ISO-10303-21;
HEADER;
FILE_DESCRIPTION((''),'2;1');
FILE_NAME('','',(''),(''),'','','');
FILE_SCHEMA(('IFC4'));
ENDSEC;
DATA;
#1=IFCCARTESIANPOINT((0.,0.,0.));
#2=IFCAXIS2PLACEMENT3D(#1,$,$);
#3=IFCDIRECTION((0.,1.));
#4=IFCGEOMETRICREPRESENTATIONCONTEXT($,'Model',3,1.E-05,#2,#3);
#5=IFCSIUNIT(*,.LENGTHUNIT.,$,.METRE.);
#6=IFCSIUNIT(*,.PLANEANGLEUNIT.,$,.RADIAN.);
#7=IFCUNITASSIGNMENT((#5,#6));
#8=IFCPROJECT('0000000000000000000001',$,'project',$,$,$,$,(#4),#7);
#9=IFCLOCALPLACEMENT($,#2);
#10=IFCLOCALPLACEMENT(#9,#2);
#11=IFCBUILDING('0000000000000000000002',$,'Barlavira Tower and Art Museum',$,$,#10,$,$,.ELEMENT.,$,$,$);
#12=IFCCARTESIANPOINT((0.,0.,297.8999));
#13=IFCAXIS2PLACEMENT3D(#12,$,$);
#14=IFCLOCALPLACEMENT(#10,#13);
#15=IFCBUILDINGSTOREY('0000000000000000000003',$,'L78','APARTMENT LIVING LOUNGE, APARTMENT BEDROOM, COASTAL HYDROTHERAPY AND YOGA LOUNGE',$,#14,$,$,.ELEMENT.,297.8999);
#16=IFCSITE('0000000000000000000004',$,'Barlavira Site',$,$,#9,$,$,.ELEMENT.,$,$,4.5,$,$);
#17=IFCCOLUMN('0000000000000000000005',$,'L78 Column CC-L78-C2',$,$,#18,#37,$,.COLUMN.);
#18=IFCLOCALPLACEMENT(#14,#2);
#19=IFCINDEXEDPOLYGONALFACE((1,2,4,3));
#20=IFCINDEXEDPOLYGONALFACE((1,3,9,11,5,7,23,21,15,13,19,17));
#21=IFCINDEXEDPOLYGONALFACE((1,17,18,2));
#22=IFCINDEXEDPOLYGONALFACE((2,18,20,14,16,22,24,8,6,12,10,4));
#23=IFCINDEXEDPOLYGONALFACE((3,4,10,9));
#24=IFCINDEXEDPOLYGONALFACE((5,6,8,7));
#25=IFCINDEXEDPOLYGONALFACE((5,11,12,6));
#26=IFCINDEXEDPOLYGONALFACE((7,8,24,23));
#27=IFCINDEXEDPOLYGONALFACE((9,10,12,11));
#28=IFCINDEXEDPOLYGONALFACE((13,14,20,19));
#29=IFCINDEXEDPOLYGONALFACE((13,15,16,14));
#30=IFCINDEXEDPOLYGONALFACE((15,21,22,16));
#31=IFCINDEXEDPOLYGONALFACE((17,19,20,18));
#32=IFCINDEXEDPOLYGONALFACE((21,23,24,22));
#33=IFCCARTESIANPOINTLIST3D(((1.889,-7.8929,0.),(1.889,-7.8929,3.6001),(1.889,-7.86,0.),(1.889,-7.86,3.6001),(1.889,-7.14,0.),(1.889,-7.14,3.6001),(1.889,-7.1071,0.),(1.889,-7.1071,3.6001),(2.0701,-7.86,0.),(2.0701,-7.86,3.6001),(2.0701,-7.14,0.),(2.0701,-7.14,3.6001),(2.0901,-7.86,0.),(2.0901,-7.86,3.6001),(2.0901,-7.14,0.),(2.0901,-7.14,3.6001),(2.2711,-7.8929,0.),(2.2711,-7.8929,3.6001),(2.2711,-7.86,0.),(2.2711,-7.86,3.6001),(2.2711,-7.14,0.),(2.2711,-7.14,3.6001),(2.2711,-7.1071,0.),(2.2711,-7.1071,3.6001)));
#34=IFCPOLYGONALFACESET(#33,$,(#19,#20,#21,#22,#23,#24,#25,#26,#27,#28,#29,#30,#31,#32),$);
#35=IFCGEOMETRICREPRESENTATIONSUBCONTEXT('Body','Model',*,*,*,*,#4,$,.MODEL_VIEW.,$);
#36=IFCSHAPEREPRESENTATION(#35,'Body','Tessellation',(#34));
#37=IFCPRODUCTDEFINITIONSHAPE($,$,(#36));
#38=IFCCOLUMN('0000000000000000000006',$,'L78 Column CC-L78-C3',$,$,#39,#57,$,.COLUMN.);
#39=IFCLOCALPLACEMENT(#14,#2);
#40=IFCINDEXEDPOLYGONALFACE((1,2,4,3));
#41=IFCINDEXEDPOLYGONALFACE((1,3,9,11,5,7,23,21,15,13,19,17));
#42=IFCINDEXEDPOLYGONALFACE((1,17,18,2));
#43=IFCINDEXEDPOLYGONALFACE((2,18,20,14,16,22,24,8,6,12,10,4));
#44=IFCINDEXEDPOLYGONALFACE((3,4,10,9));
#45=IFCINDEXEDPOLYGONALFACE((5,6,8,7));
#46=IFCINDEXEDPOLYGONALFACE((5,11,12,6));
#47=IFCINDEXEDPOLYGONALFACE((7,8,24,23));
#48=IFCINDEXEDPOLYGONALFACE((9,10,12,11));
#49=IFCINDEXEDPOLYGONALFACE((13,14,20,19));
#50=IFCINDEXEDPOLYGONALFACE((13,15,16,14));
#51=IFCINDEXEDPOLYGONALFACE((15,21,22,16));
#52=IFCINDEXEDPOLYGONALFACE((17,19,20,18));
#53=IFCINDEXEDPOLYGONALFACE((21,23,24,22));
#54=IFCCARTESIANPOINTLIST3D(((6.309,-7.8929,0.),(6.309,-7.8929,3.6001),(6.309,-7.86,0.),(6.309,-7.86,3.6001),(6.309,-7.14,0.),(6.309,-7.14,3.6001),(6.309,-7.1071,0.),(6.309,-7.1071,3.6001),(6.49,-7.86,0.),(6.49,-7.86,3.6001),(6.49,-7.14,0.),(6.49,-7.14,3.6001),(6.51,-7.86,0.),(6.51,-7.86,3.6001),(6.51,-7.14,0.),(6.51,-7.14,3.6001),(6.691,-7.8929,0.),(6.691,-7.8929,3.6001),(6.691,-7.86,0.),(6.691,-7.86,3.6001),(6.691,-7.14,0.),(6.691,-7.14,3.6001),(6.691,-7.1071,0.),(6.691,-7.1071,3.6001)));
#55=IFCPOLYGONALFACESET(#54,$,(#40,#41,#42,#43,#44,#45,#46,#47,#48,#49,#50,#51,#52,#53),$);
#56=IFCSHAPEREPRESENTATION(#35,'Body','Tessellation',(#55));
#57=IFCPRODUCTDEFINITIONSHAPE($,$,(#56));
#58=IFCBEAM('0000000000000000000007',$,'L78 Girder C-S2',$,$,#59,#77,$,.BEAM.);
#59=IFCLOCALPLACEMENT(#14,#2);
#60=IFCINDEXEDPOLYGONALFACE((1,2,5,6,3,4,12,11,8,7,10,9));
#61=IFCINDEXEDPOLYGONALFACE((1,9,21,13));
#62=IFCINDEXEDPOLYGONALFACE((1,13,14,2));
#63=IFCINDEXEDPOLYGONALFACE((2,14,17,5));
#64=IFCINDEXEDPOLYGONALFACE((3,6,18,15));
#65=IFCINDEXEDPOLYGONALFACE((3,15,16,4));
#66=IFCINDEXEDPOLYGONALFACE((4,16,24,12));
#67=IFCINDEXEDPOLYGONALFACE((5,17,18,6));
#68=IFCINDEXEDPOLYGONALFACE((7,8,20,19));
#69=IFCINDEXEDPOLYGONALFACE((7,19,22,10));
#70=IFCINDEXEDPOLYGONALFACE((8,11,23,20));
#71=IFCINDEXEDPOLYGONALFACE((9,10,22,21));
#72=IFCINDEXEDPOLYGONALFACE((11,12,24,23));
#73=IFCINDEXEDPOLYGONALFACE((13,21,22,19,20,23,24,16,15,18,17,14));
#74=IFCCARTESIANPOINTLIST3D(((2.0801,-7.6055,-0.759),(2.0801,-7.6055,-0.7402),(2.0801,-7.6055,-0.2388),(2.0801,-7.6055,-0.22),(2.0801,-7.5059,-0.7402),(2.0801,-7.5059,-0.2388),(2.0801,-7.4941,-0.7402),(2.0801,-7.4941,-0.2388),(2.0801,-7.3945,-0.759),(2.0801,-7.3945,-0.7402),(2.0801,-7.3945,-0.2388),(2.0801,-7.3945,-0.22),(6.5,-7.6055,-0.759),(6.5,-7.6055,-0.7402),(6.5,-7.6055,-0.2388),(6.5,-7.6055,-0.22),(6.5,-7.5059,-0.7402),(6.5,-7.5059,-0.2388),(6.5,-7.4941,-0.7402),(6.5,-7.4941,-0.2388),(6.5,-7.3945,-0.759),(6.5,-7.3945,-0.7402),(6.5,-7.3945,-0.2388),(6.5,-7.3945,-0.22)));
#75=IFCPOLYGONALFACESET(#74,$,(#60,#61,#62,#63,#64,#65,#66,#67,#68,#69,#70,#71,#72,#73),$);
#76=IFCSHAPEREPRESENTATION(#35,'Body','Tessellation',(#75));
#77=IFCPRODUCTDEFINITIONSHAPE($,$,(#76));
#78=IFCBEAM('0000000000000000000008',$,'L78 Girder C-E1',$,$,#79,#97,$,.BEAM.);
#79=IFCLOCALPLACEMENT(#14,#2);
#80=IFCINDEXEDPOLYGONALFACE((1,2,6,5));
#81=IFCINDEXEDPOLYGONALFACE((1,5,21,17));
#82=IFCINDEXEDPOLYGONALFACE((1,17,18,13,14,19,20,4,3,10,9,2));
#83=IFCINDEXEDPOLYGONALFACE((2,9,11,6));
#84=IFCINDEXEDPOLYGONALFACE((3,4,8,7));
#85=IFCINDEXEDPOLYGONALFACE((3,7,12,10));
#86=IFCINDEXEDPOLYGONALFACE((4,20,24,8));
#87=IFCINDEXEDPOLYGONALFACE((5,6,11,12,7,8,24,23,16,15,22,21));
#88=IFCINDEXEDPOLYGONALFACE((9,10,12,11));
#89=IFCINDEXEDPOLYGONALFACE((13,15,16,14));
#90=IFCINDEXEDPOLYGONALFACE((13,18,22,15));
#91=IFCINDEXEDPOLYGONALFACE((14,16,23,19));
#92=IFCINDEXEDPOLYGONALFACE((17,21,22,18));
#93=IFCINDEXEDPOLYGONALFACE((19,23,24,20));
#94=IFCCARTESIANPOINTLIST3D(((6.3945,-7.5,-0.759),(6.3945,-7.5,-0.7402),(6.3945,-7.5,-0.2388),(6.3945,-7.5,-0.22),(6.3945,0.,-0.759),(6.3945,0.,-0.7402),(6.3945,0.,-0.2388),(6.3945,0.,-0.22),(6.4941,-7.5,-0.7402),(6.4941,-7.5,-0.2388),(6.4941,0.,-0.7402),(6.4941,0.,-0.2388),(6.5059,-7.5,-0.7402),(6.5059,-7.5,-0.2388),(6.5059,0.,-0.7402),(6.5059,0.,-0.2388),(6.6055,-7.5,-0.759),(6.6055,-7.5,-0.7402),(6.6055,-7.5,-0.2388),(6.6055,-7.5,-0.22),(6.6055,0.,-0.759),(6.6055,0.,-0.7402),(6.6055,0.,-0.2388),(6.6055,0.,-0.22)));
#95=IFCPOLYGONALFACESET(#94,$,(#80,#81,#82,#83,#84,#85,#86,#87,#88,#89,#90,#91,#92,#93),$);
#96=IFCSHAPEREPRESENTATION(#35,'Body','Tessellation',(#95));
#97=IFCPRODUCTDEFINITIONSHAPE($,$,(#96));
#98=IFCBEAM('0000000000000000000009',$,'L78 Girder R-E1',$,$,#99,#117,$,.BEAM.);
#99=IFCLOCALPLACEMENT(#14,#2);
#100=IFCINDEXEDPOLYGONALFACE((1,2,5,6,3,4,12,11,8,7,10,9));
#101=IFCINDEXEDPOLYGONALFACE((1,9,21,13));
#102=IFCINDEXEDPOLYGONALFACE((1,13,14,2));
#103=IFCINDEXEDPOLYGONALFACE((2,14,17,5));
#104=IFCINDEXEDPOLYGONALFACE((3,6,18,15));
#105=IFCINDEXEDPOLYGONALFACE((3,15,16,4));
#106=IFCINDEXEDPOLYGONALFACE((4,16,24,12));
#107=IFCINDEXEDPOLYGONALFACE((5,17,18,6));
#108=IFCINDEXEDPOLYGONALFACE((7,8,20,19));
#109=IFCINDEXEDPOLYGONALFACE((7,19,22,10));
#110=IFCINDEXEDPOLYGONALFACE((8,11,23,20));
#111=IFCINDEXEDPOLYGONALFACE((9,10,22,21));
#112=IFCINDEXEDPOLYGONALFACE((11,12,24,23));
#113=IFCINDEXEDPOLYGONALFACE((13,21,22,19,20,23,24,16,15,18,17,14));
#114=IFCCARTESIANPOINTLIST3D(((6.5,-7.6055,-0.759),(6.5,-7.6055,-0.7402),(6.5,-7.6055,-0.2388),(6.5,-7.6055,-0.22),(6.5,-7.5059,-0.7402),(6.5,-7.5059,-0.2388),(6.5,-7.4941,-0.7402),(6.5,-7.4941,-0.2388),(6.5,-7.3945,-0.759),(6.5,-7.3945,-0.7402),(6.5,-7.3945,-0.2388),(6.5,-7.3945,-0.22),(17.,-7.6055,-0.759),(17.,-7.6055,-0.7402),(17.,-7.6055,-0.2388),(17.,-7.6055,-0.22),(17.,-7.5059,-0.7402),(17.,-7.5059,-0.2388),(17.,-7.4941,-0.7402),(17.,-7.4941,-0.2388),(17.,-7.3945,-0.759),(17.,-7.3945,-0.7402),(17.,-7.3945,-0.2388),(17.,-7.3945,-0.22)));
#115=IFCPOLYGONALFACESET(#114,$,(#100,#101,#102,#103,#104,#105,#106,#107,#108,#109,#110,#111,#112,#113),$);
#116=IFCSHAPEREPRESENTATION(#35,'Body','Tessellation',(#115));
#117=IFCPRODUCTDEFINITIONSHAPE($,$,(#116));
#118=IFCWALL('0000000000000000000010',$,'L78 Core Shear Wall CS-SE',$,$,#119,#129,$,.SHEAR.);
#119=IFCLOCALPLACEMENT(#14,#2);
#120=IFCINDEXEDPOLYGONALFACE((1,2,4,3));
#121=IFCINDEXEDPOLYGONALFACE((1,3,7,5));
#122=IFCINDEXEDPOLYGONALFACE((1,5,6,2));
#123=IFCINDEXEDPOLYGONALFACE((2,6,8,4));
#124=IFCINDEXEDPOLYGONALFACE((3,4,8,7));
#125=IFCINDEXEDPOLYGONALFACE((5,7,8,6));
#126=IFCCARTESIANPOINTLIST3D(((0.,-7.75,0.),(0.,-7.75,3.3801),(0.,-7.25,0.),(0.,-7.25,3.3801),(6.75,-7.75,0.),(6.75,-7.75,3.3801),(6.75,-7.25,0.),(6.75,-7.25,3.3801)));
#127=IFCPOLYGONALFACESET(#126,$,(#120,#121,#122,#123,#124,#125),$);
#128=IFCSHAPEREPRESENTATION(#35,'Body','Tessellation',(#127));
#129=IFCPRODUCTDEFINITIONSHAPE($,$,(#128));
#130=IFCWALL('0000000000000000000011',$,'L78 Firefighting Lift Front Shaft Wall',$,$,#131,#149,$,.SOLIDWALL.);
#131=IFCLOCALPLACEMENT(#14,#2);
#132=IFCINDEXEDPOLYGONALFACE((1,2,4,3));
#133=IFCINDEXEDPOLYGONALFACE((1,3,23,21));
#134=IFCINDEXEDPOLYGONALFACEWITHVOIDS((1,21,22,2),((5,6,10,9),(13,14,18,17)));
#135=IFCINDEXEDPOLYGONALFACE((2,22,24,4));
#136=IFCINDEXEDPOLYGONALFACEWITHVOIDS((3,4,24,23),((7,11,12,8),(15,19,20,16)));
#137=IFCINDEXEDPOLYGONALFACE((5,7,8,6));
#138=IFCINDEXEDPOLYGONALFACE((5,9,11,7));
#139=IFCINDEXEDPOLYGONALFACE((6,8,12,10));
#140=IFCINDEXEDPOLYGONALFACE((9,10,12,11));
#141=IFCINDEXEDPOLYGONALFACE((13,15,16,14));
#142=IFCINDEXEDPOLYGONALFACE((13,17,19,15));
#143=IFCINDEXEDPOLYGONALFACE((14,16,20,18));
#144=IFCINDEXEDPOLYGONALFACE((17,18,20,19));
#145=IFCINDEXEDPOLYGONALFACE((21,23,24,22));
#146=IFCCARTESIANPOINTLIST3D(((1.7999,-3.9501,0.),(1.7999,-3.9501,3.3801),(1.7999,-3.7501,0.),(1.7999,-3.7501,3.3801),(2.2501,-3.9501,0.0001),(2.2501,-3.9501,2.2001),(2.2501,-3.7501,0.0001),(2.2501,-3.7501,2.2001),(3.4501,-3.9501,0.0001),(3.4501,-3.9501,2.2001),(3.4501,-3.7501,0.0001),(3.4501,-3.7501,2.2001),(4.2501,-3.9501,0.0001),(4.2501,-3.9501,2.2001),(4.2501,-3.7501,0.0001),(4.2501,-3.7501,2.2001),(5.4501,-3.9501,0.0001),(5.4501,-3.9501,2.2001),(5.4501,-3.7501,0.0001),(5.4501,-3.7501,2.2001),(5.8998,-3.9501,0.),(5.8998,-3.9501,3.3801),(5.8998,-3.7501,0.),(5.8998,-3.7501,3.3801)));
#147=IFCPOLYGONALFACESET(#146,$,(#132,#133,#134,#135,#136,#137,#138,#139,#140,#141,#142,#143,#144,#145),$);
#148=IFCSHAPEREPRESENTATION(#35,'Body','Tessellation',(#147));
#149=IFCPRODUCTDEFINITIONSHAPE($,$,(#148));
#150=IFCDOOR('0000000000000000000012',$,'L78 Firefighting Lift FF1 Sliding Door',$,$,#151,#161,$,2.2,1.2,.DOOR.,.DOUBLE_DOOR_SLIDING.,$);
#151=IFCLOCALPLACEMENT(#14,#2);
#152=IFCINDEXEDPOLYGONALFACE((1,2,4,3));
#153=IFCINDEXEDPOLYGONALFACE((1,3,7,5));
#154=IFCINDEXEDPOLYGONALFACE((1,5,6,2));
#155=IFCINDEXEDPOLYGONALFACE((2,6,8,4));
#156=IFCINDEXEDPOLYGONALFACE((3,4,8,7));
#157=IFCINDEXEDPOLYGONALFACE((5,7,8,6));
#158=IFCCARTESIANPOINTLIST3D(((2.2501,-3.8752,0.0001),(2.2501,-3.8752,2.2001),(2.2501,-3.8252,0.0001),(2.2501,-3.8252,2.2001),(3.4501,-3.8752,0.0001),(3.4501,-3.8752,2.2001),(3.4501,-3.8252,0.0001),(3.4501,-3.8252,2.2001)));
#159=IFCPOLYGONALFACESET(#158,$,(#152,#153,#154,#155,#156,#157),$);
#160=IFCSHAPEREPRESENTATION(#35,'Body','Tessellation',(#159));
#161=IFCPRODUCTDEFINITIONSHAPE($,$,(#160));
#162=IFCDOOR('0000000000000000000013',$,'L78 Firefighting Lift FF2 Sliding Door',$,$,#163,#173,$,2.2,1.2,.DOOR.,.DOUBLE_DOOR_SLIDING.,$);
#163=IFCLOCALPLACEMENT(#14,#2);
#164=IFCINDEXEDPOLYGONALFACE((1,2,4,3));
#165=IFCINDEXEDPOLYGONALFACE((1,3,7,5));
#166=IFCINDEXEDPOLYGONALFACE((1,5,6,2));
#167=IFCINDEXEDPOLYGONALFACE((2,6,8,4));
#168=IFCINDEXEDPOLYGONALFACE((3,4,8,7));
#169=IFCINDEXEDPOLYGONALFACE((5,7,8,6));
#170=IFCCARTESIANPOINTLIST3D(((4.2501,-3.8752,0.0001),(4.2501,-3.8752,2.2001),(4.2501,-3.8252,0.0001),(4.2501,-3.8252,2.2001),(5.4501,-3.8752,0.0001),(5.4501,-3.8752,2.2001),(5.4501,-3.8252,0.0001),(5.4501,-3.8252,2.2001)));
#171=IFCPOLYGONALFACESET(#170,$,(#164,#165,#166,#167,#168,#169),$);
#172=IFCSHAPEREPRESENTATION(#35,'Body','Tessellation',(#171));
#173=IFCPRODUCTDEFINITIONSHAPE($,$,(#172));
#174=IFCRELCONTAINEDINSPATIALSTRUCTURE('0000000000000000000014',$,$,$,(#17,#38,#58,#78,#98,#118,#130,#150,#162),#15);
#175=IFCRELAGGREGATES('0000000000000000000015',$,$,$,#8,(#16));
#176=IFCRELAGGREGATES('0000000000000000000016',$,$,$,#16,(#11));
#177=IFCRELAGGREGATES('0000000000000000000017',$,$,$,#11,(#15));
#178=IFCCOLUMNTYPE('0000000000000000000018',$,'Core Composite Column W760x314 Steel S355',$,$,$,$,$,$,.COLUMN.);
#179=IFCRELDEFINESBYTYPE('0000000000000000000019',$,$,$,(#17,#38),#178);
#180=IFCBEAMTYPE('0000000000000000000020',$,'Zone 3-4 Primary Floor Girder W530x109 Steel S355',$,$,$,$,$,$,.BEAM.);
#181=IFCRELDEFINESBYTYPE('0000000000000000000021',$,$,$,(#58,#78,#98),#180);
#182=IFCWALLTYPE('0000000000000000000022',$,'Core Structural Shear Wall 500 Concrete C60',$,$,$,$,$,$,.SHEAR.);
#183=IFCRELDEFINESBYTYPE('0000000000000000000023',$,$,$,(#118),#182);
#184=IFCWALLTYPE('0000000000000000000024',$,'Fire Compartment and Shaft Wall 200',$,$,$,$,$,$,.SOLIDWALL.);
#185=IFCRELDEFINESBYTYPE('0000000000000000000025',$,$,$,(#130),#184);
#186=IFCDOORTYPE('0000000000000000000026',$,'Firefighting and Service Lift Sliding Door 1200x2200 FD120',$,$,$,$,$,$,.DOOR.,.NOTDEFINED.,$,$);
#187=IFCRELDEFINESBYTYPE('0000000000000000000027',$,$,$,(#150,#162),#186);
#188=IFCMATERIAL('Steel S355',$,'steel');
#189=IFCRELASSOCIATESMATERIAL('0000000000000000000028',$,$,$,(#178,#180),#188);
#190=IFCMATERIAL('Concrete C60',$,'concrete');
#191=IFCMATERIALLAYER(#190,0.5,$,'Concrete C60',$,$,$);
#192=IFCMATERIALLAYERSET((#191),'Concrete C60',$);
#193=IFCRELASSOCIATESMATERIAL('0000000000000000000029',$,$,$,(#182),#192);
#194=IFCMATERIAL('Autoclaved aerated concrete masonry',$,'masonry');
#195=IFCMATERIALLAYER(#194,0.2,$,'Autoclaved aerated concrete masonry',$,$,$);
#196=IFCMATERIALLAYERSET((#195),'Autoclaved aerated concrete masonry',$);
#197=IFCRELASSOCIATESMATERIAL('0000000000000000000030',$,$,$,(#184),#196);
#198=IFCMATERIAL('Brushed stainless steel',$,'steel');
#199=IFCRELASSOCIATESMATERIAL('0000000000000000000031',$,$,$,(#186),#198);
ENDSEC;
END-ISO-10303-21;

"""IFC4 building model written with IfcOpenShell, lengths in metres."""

from ifc_helpers import new_model, si_unit, direction, frame, frame_2d, origin, origin_2d, place, context, subcontext, project, spatial, rectangle, i_section, extrude, material, layer, layer_set, material_profile, profile_set, type_object, element, fill, save


model = new_model("IFC4")

# Units and contexts
model_context = context("Model", 3, precision=1e-05, world=origin(), true_north=direction((0.0, 1.0)))
body_context = subcontext(model_context, "Body", "Model", "MODEL_VIEW")
ifc_project = project(units=[si_unit("LENGTHUNIT", "METRE"), si_unit("PLANEANGLEUNIT", "RADIAN")], contexts=[model_context])

# Site, building, storey
site_placement = place(None, origin())
site = spatial("IfcSite", under=ifc_project, at=site_placement, Name="Barlavira Site", CompositionType="ELEMENT", RefElevation=4.5)
building_placement = place(site_placement, origin())
building = spatial("IfcBuilding", under=site, at=building_placement, Name="Barlavira Tower and Art Museum", CompositionType="ELEMENT")
storey_placement = place(building_placement, frame((0.0, 0.0, 297.8999)))
storey = spatial("IfcBuildingStorey", under=building, at=storey_placement, Name="L78", Description="APARTMENT LIVING LOUNGE, APARTMENT BEDROOM, COASTAL HYDROTHERAPY AND YOGA LOUNGE", CompositionType="ELEMENT", Elevation=297.8999)

# Columns
ifc_material_1 = material(Name="Steel S355", Category="steel")
ifc_material_profile_1 = material_profile(ifc_material_1, i_section(OverallWidth=0.3821, OverallDepth=0.7859, WebThickness=0.02, FlangeThickness=0.033, at=origin_2d()), Name="W760x314.0")
ifc_profile_set_1 = profile_set([ifc_material_profile_1], Name="Steel S355")
column_type = type_object("IfcColumnType", Name="Core Composite Column W760x314 Steel S355", PredefinedType="COLUMN", material=ifc_profile_set_1)
for number, where, z_axis, x_axis, name in (
    (1, (2.0801, -7.5, 0.0), (0.0, 0.0, 1.0), (1.0, 0.0, 0.0), "L78 Column CC-L78-C2"),
    (2, (6.5, -7.5, 0.0), (0.0, 0.0, 1.0), (1.0, 0.0, 0.0), "L78 Column CC-L78-C3"),
):
    element("IfcColumn", number, at=place(storey_placement, frame(where, z_axis=z_axis, x_axis=x_axis)), inside=storey, type_object=column_type, Name=name, PredefinedType="COLUMN", context=body_context, shape_type="SweptSolid", body=[
        extrude(i_section(OverallWidth=0.3821, OverallDepth=0.7859, WebThickness=0.02, FlangeThickness=0.033, at=origin_2d()), origin(), (0.0, 0.0, 1.0), 3.6001),
    ])

# Beams
ifc_material_profile_2 = material_profile(ifc_material_1, i_section(OverallWidth=0.2109, OverallDepth=0.5391, WebThickness=0.0117, FlangeThickness=0.0188, at=origin_2d()), Name="W530x109.0")
ifc_profile_set_2 = profile_set([ifc_material_profile_2], Name="Steel S355")
beam_type = type_object("IfcBeamType", Name="Zone 3-4 Primary Floor Girder W530x109 Steel S355", PredefinedType="BEAM", material=ifc_profile_set_2)
beam_1_placement = place(storey_placement, frame((2.0801, -7.5, -0.4895), z_axis=(1.0, 0.0, 0.0), x_axis=(0.0, 1.0, 0.0)))
element("IfcBeam", 3, at=beam_1_placement, inside=storey, type_object=beam_type, Name="L78 Girder C-S2", PredefinedType="BEAM", context=body_context, shape_type="SweptSolid", body=[
    extrude(i_section(OverallWidth=0.2109, OverallDepth=0.5391, WebThickness=0.0117, FlangeThickness=0.0188, at=origin_2d()), origin(), (0.0, 0.0, 1.0), 4.4199),
])
beam_2_placement = place(storey_placement, frame((6.5, -7.5, -0.4895), z_axis=(0.0, 1.0, 0.0), x_axis=(-1.0, 0.0, 0.0)))
element("IfcBeam", 4, at=beam_2_placement, inside=storey, type_object=beam_type, Name="L78 Girder C-E1", PredefinedType="BEAM", context=body_context, shape_type="SweptSolid", body=[
    extrude(i_section(OverallWidth=0.2109, OverallDepth=0.5391, WebThickness=0.0117, FlangeThickness=0.0188, at=origin_2d()), origin(), (0.0, 0.0, 1.0), 7.5),
])
beam_3_placement = place(storey_placement, frame((6.5, -7.5, -0.4895), z_axis=(1.0, 0.0, 0.0), x_axis=(0.0, 1.0, 0.0)))
element("IfcBeam", 5, at=beam_3_placement, inside=storey, type_object=beam_type, Name="L78 Girder R-E1", PredefinedType="BEAM", context=body_context, shape_type="SweptSolid", body=[
    extrude(i_section(OverallWidth=0.2109, OverallDepth=0.5391, WebThickness=0.0117, FlangeThickness=0.0188, at=origin_2d()), origin(), (0.0, 0.0, 1.0), 10.5),
])

# Wall
ifc_material_2 = material(Name="Concrete C60", Category="concrete")
ifc_layer_1 = layer(ifc_material_2, 0.5, Name="Concrete C60")
ifc_layer_set_1 = layer_set([ifc_layer_1], Name="Concrete C60")
wall_type_1 = type_object("IfcWallType", Name="Core Structural Shear Wall 500 Concrete C60", PredefinedType="SHEAR", material=ifc_layer_set_1)
wall_1_placement = place(storey_placement, frame((0.0, -7.5, 0.0), z_axis=(0.0, 0.0, 1.0), x_axis=(1.0, 0.0, 0.0)))
element("IfcWall", 6, at=wall_1_placement, inside=storey, type_object=wall_type_1, Name="L78 Core Shear Wall CS-SE", PredefinedType="SHEAR", context=body_context, shape_type="SweptSolid", body=[
    extrude(rectangle(XDim=6.75, YDim=0.5, at=frame_2d((3.375, 0.0))), origin(), (0.0, 0.0, 1.0), 3.3801),
])

# Wall, openings, doors
ifc_material_3 = material(Name="Autoclaved aerated concrete masonry", Category="masonry")
ifc_layer_2 = layer(ifc_material_3, 0.2, Name="Autoclaved aerated concrete masonry")
ifc_layer_set_2 = layer_set([ifc_layer_2], Name="Autoclaved aerated concrete masonry")
wall_type_2 = type_object("IfcWallType", Name="Fire Compartment and Shaft Wall 200", PredefinedType="SOLIDWALL", material=ifc_layer_set_2)
wall_2_placement = place(storey_placement, frame((1.8, -3.8501, 0.0), z_axis=(0.0, 0.0, 1.0), x_axis=(1.0, 0.0, 0.0)))
wall_2 = element("IfcWall", 7, at=wall_2_placement, inside=storey, type_object=wall_type_2, Name="L78 Firefighting Lift Front Shaft Wall", PredefinedType="SOLIDWALL", context=body_context, shape_type="SweptSolid", body=[
    extrude(rectangle(XDim=4.0999, YDim=0.2, at=frame_2d((2.0498, 0.0))), origin(), (0.0, 0.0, 1.0), 3.3801),
])
opening_1_placement = place(wall_2_placement, frame((0.45, 0.0, 0.0)))
opening_1 = element("IfcOpeningElement", 8, at=opening_1_placement, cuts=wall_2, PredefinedType="OPENING", context=body_context, shape_type="SweptSolid", body=[
    extrude(rectangle(XDim=1.2, YDim=2.2, at=frame_2d((0.6001, 1.1001))), frame((0.0, 0.1099, 0.0), z_axis=(0.0, -1.0, 0.0), x_axis=(1.0, 0.0, 0.0)), (0.0, 0.0, 1.0), 0.22),
])
opening_2_placement = place(wall_2_placement, frame((2.45, 0.0, 0.0)))
opening_2 = element("IfcOpeningElement", 9, at=opening_2_placement, cuts=wall_2, PredefinedType="OPENING", context=body_context, shape_type="SweptSolid", body=[
    extrude(rectangle(XDim=1.2, YDim=2.2, at=frame_2d((0.6001, 1.1001))), frame((0.0, 0.1099, 0.0), z_axis=(0.0, -1.0, 0.0), x_axis=(1.0, 0.0, 0.0)), (0.0, 0.0, 1.0), 0.22),
])
ifc_material_4 = material(Name="Brushed stainless steel", Category="steel")
door_type_1 = type_object("IfcDoorType", Name="Firefighting and Service Lift Sliding Door 1200x2200 FD120", OperationType="NOTDEFINED", PredefinedType="DOOR", material=ifc_material_4)
door_1_placement = place(opening_1_placement, origin())
door_1 = element("IfcDoor", 10, at=door_1_placement, inside=storey, type_object=door_type_1, Name="L78 Firefighting Lift FF1 Sliding Door", OperationType="DOUBLE_DOOR_SLIDING", OverallHeight=2.2, OverallWidth=1.2, PredefinedType="DOOR", context=body_context, shape_type="SweptSolid", body=[
    extrude(rectangle(XDim=1.2, YDim=2.2, at=frame_2d((0.6001, 1.1001))), frame((0.0, 0.0249, 0.0), z_axis=(0.0, -1.0, 0.0), x_axis=(1.0, 0.0, 0.0)), (0.0, 0.0, 1.0), 0.05),
])
fill(opening_1, door_1)
door_2_placement = place(opening_2_placement, origin())
door_2 = element("IfcDoor", 11, at=door_2_placement, inside=storey, type_object=door_type_1, Name="L78 Firefighting Lift FF2 Sliding Door", OperationType="DOUBLE_DOOR_SLIDING", OverallHeight=2.2, OverallWidth=1.2, PredefinedType="DOOR", context=body_context, shape_type="SweptSolid", body=[
    extrude(rectangle(XDim=1.2, YDim=2.2, at=frame_2d((0.6001, 1.1001))), frame((0.0, 0.0249, 0.0), z_axis=(0.0, -1.0, 0.0), x_axis=(1.0, 0.0, 0.0)), (0.0, 0.0, 1.0), 0.05),
])
fill(opening_2, door_2)

save(model, "model.ifc")
